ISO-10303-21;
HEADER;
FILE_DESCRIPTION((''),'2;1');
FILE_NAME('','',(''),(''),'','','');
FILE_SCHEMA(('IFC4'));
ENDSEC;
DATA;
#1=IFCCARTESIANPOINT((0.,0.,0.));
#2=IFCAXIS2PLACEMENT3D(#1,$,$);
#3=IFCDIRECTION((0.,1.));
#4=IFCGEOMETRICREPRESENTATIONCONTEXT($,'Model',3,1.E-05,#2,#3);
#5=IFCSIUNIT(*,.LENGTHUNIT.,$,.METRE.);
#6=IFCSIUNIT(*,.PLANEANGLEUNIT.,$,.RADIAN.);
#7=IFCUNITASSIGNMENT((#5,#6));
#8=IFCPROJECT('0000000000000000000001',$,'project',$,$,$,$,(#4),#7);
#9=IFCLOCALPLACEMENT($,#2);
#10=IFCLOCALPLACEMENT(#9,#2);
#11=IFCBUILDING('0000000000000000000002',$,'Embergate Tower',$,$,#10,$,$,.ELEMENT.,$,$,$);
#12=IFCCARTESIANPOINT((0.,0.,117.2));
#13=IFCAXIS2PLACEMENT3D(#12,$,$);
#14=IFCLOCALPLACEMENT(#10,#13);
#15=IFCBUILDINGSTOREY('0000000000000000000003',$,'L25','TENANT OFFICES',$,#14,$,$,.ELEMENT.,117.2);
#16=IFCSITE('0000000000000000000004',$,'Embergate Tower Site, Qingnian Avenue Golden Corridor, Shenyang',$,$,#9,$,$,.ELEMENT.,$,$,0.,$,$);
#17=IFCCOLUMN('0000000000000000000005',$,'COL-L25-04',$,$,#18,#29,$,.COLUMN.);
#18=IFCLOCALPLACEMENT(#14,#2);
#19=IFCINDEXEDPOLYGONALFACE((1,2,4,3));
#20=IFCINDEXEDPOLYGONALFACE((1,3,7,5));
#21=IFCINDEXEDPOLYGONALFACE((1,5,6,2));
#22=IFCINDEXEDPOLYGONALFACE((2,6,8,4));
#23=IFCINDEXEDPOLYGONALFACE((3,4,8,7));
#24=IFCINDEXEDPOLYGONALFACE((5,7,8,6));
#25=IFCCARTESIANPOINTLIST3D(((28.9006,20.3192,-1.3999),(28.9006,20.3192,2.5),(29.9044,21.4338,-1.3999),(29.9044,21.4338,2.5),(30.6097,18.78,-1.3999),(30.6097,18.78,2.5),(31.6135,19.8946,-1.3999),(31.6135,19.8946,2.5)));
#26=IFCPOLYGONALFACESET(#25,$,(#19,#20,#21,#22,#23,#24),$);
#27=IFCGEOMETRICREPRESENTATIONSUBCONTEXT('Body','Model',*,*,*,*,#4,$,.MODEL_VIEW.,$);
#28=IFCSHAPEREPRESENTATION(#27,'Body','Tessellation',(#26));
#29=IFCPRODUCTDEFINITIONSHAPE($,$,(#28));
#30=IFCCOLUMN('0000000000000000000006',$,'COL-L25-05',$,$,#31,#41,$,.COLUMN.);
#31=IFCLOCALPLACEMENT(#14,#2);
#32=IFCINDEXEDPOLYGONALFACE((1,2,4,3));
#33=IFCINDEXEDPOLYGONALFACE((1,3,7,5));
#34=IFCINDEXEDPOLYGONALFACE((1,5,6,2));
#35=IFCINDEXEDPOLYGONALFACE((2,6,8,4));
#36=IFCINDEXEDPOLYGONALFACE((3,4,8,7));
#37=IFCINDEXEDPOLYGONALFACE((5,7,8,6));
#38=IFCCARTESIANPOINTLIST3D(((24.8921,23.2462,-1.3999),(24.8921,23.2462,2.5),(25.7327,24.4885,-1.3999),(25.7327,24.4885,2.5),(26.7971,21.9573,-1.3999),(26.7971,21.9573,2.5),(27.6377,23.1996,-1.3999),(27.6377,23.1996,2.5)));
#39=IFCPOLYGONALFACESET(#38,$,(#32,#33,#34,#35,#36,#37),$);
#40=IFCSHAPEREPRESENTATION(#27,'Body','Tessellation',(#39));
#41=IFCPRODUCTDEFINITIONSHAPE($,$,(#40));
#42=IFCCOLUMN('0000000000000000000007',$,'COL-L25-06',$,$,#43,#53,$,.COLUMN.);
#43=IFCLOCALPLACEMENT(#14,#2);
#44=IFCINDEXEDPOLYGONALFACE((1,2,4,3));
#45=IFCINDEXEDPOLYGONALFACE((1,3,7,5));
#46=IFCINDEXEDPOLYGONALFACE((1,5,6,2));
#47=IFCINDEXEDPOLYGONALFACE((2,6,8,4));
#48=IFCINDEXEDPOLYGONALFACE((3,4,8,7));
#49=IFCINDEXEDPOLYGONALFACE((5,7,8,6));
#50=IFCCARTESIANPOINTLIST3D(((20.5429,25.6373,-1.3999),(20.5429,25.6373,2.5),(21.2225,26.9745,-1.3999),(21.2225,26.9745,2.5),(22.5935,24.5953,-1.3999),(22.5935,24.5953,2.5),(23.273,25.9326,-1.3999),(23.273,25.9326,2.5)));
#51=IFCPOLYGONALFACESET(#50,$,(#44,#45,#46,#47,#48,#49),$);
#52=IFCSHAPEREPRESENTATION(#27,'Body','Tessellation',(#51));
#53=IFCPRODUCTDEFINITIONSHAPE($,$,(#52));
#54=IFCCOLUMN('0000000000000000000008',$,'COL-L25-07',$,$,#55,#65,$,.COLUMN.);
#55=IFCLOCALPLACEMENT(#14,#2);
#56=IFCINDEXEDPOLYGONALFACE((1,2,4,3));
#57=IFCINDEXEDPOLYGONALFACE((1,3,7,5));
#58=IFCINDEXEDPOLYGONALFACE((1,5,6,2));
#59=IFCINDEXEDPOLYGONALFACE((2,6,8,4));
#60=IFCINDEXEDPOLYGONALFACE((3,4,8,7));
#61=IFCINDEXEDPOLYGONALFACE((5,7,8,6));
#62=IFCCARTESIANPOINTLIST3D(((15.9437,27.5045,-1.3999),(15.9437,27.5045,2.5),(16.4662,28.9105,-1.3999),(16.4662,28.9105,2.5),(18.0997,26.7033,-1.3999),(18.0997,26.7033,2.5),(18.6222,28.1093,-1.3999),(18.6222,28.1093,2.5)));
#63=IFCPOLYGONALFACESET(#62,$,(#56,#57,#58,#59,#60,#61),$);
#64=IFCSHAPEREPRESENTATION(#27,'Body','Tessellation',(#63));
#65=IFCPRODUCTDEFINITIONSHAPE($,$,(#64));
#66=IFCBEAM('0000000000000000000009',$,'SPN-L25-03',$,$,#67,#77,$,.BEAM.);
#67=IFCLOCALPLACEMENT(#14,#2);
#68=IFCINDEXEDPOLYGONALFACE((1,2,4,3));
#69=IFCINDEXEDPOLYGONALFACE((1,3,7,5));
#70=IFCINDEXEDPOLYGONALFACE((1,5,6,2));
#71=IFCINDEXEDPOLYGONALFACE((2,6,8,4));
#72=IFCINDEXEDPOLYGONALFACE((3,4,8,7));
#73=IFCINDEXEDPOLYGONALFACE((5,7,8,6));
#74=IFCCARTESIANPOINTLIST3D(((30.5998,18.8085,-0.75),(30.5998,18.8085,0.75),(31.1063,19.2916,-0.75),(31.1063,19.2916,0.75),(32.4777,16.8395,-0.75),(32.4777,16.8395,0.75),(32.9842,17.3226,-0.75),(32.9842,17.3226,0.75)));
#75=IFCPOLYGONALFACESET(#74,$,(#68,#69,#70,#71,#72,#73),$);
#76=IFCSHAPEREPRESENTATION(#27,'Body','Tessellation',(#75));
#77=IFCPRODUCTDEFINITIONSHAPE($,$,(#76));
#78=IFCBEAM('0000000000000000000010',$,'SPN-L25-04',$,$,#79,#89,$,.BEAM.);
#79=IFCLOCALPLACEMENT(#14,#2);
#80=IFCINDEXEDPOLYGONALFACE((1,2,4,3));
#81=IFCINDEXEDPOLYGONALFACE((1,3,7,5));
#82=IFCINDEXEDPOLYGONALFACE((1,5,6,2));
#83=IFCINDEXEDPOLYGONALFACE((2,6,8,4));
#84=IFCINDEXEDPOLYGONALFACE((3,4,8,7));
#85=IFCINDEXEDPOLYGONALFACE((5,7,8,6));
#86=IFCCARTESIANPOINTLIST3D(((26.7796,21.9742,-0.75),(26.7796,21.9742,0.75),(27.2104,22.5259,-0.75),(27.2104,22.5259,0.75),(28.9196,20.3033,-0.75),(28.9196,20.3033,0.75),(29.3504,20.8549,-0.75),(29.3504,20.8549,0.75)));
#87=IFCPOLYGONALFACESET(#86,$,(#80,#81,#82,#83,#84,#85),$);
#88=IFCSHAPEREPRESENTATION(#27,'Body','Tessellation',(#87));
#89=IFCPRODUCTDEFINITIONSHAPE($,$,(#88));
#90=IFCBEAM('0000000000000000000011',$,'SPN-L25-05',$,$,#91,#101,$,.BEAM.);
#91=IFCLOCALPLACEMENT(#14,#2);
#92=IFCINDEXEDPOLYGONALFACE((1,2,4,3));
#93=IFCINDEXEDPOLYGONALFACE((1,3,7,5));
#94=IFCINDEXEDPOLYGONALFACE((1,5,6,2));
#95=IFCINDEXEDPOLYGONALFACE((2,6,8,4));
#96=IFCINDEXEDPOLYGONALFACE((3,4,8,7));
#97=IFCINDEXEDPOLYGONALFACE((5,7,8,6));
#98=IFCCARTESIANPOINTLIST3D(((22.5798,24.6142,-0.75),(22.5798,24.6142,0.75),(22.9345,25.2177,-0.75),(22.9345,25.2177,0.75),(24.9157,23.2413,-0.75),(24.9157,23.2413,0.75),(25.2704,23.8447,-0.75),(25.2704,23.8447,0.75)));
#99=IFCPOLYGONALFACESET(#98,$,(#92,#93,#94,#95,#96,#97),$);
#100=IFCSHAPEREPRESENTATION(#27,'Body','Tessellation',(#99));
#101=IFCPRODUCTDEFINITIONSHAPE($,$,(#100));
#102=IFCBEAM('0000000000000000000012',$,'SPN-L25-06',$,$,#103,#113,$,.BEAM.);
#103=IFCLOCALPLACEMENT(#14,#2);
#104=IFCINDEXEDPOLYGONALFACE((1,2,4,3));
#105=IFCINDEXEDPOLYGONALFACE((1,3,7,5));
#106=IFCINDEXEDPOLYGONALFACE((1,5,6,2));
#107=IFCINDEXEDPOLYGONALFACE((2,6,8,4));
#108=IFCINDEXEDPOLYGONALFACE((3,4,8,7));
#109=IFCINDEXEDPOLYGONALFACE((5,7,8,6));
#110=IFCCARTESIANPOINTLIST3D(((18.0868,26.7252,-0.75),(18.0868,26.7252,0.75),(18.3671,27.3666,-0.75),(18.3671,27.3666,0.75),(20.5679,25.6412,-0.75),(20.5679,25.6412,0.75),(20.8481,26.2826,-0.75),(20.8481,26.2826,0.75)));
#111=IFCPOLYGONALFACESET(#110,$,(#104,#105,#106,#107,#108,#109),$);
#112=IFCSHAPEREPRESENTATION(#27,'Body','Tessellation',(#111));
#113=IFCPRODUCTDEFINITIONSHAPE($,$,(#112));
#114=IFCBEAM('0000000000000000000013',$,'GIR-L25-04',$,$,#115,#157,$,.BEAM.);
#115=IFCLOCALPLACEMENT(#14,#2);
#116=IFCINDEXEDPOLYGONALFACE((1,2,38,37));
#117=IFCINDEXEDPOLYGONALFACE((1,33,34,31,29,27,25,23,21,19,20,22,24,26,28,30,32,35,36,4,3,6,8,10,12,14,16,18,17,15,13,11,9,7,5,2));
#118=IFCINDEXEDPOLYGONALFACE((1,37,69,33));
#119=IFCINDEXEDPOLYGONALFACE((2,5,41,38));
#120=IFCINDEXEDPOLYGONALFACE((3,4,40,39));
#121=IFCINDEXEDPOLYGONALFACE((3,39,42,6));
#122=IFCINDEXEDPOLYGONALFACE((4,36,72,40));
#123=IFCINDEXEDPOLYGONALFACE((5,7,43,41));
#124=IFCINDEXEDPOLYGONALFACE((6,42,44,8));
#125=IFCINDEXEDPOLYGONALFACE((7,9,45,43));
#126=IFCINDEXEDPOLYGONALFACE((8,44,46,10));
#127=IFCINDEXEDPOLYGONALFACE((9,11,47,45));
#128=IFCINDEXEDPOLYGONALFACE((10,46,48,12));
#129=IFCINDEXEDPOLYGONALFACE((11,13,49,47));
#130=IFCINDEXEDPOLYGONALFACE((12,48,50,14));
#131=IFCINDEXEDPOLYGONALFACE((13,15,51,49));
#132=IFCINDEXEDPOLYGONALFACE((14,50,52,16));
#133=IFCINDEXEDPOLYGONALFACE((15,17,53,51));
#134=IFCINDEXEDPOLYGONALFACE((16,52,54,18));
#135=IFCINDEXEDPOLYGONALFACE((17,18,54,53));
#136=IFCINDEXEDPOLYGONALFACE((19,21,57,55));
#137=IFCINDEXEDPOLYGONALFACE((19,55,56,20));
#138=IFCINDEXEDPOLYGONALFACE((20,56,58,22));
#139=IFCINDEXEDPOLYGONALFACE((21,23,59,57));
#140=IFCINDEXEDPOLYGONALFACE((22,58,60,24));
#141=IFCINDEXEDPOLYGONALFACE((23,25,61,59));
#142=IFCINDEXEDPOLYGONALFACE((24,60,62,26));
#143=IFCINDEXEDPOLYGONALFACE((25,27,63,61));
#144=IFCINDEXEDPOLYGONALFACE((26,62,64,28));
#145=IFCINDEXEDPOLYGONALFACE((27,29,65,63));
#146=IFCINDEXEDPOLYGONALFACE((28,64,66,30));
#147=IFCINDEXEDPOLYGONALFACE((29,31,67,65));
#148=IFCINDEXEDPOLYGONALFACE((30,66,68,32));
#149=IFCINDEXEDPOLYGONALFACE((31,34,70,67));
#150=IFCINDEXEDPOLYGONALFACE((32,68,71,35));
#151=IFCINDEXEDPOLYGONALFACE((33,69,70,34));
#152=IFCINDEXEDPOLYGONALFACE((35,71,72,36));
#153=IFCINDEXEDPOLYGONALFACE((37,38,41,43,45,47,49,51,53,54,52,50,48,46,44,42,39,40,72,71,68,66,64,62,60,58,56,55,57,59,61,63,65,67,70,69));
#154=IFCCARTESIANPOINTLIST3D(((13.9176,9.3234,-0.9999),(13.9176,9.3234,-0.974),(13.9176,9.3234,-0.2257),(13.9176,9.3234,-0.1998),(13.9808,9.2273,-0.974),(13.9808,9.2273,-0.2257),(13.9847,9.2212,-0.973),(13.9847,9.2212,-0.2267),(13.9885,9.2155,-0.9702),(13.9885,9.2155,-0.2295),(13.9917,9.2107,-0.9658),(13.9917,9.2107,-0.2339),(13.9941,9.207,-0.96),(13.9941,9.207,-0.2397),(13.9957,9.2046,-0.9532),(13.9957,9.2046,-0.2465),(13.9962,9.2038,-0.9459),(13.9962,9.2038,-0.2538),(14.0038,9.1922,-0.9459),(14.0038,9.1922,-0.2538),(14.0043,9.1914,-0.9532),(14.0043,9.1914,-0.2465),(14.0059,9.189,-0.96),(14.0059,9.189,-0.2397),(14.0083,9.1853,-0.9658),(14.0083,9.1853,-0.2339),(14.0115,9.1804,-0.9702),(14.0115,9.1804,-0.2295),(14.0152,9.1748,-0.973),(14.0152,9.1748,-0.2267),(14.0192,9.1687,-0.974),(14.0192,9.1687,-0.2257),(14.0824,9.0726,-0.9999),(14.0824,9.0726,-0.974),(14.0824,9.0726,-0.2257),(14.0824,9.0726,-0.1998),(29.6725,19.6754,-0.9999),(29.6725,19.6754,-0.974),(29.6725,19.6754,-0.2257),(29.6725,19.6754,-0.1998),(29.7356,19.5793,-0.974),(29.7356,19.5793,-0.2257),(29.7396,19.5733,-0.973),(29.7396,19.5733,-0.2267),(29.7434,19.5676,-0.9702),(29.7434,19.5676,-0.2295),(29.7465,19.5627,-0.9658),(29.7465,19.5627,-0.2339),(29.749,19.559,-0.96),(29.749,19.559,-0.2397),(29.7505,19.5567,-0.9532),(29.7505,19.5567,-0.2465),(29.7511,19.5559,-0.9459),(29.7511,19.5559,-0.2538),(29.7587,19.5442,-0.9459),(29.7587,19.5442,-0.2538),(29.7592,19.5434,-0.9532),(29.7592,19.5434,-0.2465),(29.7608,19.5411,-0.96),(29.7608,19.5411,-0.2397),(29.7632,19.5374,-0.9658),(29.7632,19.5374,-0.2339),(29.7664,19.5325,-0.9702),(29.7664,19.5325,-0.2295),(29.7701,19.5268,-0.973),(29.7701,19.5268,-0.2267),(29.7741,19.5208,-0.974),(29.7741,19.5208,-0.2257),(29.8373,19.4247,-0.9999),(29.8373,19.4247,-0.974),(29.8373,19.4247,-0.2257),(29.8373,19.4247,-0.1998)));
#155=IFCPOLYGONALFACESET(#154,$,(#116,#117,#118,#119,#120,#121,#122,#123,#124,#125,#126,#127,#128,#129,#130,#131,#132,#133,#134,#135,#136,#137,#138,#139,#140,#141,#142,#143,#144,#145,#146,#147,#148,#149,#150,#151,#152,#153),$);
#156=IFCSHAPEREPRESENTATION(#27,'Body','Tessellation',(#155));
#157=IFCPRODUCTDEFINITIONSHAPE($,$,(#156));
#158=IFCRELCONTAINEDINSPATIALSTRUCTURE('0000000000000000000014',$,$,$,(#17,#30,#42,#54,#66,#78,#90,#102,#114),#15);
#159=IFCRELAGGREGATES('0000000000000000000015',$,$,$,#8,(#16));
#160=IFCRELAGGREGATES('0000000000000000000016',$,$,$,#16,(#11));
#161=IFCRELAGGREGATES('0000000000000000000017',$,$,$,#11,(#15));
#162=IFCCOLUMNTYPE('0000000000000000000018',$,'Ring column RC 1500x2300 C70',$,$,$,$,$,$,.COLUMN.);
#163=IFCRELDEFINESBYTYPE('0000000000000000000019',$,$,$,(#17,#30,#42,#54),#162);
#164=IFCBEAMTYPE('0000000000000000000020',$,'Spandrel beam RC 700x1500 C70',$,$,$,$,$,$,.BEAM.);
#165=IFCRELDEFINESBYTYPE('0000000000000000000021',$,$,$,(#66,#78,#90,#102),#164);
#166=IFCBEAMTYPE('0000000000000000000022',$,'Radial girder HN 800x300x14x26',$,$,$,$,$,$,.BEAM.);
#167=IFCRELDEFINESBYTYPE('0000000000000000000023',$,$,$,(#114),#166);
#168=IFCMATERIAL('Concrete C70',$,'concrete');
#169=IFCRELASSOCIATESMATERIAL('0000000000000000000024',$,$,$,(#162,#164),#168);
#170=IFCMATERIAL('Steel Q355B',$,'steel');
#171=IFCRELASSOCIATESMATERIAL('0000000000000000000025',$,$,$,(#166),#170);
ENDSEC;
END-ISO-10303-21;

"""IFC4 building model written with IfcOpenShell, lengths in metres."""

from ifc_helpers import new_model, si_unit, direction, frame, origin, origin_2d, place, context, subcontext, project, spatial, rectangle, i_section, extrude, source, transform, mapped, material, material_profile, profile_set, type_object, element, save


model = new_model("IFC4")

# Units and contexts
model_context = context("Model", 3, precision=1e-05, world=origin(), true_north=direction((0.0, 1.0)))
body_context = subcontext(model_context, "Body", "Model", "MODEL_VIEW")
ifc_project = project(units=[si_unit("LENGTHUNIT", "METRE"), si_unit("PLANEANGLEUNIT", "RADIAN")], contexts=[model_context])

# Site, building, storey
site_placement = place(None, origin())
site = spatial("IfcSite", under=ifc_project, at=site_placement, Name="Embergate Tower Site, Qingnian Avenue Golden Corridor, Shenyang", CompositionType="ELEMENT", RefElevation=0.0)
building_placement = place(site_placement, origin())
building = spatial("IfcBuilding", under=site, at=building_placement, Name="Embergate Tower", CompositionType="ELEMENT")
storey_placement = place(building_placement, frame((0.0, 0.0, 117.2)))
storey = spatial("IfcBuildingStorey", under=building, at=storey_placement, Name="L25", Description="TENANT OFFICES", CompositionType="ELEMENT", Elevation=117.2)

# Columns
ifc_material_1 = material(Name="Concrete C70", Category="concrete")
ifc_material_profile_1 = material_profile(ifc_material_1, rectangle(XDim=1.5, YDim=2.3, at=origin_2d()), Name="RC 1500x2300")
ifc_profile_set_1 = profile_set([ifc_material_profile_1], Name="Concrete C70")
column_type = type_object("IfcColumnType", Name="Ring column RC 1500x2300 C70", PredefinedType="COLUMN", material=ifc_profile_set_1)
shared_shape_1 = source(origin(), body_context, "Body", "SweptSolid", [
    extrude(rectangle(XDim=1.5, YDim=2.3, at=origin_2d()), origin(), (0.0, 0.0, 1.0), 3.8999),
])
for number, where, z_axis, x_axis, name in (
    (1, (30.2571, 20.1069, -1.3999), (0.0, 0.0, 1.0), (0.669208, 0.743075, 0.0), "COL-L25-04"),
    (2, (26.2649, 23.2229, -1.3999), (0.0, 0.0, 1.0), (0.560393, 0.828227, 0.0), "COL-L25-05"),
    (3, (21.908, 25.7849, -1.3999), (0.0, 0.0, 1.0), (0.453011, 0.891505, 0.0), "COL-L25-06"),
    (4, (17.283, 27.8069, -1.3999), (0.0, 0.0, 1.0), (0.348343, 0.937367, 0.0), "COL-L25-07"),
):
    element("IfcColumn", number, at=place(storey_placement, frame(where, z_axis=z_axis, x_axis=x_axis)), inside=storey, type_object=column_type, Name=name, PredefinedType="COLUMN", context=body_context, shape_type="MappedRepresentation", body=[
        mapped(shared_shape_1, transform((0.0, 0.0, 0.0))),
    ])

# Beams
ifc_material_profile_2 = material_profile(ifc_material_1, rectangle(XDim=0.7, YDim=1.5, at=origin_2d()), Name="RC 700x1500")
ifc_profile_set_2 = profile_set([ifc_material_profile_2], Name="Concrete C70")
beam_type_1 = type_object("IfcBeamType", Name="Spandrel beam RC 700x1500 C70", PredefinedType="BEAM", material=ifc_profile_set_2)
shared_shape_2 = source(origin(), body_context, "Body", "SweptSolid", [
    extrude(rectangle(XDim=0.7, YDim=1.5, at=origin_2d()), origin(), (0.0, 0.0, 1.0), 2.7209),
])
beam_1_placement = place(storey_placement, frame((32.731, 17.0811, 0.0), z_axis=(-0.690175, 0.723643, 0.0), x_axis=(-0.723643, -0.690175, 0.0)))
element("IfcBeam", 5, at=beam_1_placement, inside=storey, type_object=beam_type_1, Name="SPN-L25-03", PredefinedType="BEAM", context=body_context, shape_type="MappedRepresentation", body=[
    mapped(shared_shape_2, transform((0.0, 0.0, 0.0))),
])
shared_shape_3 = source(origin(), body_context, "Body", "SweptSolid", [
    extrude(rectangle(XDim=0.7, YDim=1.5, at=origin_2d()), origin(), (0.0, 0.0, 1.0), 2.7151),
])
beam_2_placement = place(storey_placement, frame((29.135, 20.5791, 0.0), z_axis=(-0.788184, 0.61544, 0.0), x_axis=(-0.61544, -0.788184, 0.0)))
element("IfcBeam", 6, at=beam_2_placement, inside=storey, type_object=beam_type_1, Name="SPN-L25-04", PredefinedType="BEAM", context=body_context, shape_type="MappedRepresentation", body=[
    mapped(shared_shape_3, transform((0.0, 0.0, 0.0))),
])
shared_shape_4 = source(origin(), body_context, "Body", "SweptSolid", [
    extrude(rectangle(XDim=0.7, YDim=1.5, at=origin_2d()), origin(), (0.0, 0.0, 1.0), 2.7095),
])
beam_3_placement = place(storey_placement, frame((25.093, 23.543, 0.0), z_axis=(-0.862101, 0.506737, 0.0), x_axis=(-0.506737, -0.862101, 0.0)))
element("IfcBeam", 7, at=beam_3_placement, inside=storey, type_object=beam_type_1, Name="SPN-L25-05", PredefinedType="BEAM", context=body_context, shape_type="MappedRepresentation", body=[
    mapped(shared_shape_4, transform((0.0, 0.0, 0.0))),
])
shared_shape_5 = source(origin(), body_context, "Body", "SweptSolid", [
    extrude(rectangle(XDim=0.7, YDim=1.5, at=origin_2d()), origin(), (0.0, 0.0, 1.0), 2.7075),
])
beam_4_placement = place(storey_placement, frame((20.708, 25.9619, 0.0), z_axis=(-0.916352, 0.400374, 0.0), x_axis=(-0.400374, -0.916352, 0.0)))
element("IfcBeam", 8, at=beam_4_placement, inside=storey, type_object=beam_type_1, Name="SPN-L25-06", PredefinedType="BEAM", context=body_context, shape_type="MappedRepresentation", body=[
    mapped(shared_shape_5, transform((0.0, 0.0, 0.0))),
])
ifc_material_2 = material(Name="Steel Q355B", Category="steel")
ifc_material_profile_3 = material_profile(ifc_material_2, i_section(OverallWidth=0.3, OverallDepth=0.8, WebThickness=0.0139, FlangeThickness=0.0259, FilletRadius=0.0281, at=origin_2d()), Name="HN 800x300x14x26")
ifc_profile_set_3 = profile_set([ifc_material_profile_3], Name="Steel Q355 grade B")
beam_type_2 = type_object("IfcBeamType", Name="Radial girder HN 800x300x14x26", PredefinedType="BEAM", material=ifc_profile_set_3)
shared_shape_6 = source(origin(), body_context, "Body", "SweptSolid", [
    extrude(i_section(OverallWidth=0.3, OverallDepth=0.8, WebThickness=0.0139, FlangeThickness=0.0259, FilletRadius=0.0281, at=origin_2d()), origin(), (0.0, 0.0, 1.0), 18.8516),
])
beam_5_placement = place(storey_placement, frame((29.7549, 19.55, -0.5999), z_axis=(-0.835734, -0.549135, 0.0), x_axis=(0.549135, -0.835734, 0.0)))
element("IfcBeam", 9, at=beam_5_placement, inside=storey, type_object=beam_type_2, Name="GIR-L25-04", PredefinedType="BEAM", context=body_context, shape_type="MappedRepresentation", body=[
    mapped(shared_shape_6, transform((0.0, 0.0, 0.0))),
])

save(model, "model.ifc")
